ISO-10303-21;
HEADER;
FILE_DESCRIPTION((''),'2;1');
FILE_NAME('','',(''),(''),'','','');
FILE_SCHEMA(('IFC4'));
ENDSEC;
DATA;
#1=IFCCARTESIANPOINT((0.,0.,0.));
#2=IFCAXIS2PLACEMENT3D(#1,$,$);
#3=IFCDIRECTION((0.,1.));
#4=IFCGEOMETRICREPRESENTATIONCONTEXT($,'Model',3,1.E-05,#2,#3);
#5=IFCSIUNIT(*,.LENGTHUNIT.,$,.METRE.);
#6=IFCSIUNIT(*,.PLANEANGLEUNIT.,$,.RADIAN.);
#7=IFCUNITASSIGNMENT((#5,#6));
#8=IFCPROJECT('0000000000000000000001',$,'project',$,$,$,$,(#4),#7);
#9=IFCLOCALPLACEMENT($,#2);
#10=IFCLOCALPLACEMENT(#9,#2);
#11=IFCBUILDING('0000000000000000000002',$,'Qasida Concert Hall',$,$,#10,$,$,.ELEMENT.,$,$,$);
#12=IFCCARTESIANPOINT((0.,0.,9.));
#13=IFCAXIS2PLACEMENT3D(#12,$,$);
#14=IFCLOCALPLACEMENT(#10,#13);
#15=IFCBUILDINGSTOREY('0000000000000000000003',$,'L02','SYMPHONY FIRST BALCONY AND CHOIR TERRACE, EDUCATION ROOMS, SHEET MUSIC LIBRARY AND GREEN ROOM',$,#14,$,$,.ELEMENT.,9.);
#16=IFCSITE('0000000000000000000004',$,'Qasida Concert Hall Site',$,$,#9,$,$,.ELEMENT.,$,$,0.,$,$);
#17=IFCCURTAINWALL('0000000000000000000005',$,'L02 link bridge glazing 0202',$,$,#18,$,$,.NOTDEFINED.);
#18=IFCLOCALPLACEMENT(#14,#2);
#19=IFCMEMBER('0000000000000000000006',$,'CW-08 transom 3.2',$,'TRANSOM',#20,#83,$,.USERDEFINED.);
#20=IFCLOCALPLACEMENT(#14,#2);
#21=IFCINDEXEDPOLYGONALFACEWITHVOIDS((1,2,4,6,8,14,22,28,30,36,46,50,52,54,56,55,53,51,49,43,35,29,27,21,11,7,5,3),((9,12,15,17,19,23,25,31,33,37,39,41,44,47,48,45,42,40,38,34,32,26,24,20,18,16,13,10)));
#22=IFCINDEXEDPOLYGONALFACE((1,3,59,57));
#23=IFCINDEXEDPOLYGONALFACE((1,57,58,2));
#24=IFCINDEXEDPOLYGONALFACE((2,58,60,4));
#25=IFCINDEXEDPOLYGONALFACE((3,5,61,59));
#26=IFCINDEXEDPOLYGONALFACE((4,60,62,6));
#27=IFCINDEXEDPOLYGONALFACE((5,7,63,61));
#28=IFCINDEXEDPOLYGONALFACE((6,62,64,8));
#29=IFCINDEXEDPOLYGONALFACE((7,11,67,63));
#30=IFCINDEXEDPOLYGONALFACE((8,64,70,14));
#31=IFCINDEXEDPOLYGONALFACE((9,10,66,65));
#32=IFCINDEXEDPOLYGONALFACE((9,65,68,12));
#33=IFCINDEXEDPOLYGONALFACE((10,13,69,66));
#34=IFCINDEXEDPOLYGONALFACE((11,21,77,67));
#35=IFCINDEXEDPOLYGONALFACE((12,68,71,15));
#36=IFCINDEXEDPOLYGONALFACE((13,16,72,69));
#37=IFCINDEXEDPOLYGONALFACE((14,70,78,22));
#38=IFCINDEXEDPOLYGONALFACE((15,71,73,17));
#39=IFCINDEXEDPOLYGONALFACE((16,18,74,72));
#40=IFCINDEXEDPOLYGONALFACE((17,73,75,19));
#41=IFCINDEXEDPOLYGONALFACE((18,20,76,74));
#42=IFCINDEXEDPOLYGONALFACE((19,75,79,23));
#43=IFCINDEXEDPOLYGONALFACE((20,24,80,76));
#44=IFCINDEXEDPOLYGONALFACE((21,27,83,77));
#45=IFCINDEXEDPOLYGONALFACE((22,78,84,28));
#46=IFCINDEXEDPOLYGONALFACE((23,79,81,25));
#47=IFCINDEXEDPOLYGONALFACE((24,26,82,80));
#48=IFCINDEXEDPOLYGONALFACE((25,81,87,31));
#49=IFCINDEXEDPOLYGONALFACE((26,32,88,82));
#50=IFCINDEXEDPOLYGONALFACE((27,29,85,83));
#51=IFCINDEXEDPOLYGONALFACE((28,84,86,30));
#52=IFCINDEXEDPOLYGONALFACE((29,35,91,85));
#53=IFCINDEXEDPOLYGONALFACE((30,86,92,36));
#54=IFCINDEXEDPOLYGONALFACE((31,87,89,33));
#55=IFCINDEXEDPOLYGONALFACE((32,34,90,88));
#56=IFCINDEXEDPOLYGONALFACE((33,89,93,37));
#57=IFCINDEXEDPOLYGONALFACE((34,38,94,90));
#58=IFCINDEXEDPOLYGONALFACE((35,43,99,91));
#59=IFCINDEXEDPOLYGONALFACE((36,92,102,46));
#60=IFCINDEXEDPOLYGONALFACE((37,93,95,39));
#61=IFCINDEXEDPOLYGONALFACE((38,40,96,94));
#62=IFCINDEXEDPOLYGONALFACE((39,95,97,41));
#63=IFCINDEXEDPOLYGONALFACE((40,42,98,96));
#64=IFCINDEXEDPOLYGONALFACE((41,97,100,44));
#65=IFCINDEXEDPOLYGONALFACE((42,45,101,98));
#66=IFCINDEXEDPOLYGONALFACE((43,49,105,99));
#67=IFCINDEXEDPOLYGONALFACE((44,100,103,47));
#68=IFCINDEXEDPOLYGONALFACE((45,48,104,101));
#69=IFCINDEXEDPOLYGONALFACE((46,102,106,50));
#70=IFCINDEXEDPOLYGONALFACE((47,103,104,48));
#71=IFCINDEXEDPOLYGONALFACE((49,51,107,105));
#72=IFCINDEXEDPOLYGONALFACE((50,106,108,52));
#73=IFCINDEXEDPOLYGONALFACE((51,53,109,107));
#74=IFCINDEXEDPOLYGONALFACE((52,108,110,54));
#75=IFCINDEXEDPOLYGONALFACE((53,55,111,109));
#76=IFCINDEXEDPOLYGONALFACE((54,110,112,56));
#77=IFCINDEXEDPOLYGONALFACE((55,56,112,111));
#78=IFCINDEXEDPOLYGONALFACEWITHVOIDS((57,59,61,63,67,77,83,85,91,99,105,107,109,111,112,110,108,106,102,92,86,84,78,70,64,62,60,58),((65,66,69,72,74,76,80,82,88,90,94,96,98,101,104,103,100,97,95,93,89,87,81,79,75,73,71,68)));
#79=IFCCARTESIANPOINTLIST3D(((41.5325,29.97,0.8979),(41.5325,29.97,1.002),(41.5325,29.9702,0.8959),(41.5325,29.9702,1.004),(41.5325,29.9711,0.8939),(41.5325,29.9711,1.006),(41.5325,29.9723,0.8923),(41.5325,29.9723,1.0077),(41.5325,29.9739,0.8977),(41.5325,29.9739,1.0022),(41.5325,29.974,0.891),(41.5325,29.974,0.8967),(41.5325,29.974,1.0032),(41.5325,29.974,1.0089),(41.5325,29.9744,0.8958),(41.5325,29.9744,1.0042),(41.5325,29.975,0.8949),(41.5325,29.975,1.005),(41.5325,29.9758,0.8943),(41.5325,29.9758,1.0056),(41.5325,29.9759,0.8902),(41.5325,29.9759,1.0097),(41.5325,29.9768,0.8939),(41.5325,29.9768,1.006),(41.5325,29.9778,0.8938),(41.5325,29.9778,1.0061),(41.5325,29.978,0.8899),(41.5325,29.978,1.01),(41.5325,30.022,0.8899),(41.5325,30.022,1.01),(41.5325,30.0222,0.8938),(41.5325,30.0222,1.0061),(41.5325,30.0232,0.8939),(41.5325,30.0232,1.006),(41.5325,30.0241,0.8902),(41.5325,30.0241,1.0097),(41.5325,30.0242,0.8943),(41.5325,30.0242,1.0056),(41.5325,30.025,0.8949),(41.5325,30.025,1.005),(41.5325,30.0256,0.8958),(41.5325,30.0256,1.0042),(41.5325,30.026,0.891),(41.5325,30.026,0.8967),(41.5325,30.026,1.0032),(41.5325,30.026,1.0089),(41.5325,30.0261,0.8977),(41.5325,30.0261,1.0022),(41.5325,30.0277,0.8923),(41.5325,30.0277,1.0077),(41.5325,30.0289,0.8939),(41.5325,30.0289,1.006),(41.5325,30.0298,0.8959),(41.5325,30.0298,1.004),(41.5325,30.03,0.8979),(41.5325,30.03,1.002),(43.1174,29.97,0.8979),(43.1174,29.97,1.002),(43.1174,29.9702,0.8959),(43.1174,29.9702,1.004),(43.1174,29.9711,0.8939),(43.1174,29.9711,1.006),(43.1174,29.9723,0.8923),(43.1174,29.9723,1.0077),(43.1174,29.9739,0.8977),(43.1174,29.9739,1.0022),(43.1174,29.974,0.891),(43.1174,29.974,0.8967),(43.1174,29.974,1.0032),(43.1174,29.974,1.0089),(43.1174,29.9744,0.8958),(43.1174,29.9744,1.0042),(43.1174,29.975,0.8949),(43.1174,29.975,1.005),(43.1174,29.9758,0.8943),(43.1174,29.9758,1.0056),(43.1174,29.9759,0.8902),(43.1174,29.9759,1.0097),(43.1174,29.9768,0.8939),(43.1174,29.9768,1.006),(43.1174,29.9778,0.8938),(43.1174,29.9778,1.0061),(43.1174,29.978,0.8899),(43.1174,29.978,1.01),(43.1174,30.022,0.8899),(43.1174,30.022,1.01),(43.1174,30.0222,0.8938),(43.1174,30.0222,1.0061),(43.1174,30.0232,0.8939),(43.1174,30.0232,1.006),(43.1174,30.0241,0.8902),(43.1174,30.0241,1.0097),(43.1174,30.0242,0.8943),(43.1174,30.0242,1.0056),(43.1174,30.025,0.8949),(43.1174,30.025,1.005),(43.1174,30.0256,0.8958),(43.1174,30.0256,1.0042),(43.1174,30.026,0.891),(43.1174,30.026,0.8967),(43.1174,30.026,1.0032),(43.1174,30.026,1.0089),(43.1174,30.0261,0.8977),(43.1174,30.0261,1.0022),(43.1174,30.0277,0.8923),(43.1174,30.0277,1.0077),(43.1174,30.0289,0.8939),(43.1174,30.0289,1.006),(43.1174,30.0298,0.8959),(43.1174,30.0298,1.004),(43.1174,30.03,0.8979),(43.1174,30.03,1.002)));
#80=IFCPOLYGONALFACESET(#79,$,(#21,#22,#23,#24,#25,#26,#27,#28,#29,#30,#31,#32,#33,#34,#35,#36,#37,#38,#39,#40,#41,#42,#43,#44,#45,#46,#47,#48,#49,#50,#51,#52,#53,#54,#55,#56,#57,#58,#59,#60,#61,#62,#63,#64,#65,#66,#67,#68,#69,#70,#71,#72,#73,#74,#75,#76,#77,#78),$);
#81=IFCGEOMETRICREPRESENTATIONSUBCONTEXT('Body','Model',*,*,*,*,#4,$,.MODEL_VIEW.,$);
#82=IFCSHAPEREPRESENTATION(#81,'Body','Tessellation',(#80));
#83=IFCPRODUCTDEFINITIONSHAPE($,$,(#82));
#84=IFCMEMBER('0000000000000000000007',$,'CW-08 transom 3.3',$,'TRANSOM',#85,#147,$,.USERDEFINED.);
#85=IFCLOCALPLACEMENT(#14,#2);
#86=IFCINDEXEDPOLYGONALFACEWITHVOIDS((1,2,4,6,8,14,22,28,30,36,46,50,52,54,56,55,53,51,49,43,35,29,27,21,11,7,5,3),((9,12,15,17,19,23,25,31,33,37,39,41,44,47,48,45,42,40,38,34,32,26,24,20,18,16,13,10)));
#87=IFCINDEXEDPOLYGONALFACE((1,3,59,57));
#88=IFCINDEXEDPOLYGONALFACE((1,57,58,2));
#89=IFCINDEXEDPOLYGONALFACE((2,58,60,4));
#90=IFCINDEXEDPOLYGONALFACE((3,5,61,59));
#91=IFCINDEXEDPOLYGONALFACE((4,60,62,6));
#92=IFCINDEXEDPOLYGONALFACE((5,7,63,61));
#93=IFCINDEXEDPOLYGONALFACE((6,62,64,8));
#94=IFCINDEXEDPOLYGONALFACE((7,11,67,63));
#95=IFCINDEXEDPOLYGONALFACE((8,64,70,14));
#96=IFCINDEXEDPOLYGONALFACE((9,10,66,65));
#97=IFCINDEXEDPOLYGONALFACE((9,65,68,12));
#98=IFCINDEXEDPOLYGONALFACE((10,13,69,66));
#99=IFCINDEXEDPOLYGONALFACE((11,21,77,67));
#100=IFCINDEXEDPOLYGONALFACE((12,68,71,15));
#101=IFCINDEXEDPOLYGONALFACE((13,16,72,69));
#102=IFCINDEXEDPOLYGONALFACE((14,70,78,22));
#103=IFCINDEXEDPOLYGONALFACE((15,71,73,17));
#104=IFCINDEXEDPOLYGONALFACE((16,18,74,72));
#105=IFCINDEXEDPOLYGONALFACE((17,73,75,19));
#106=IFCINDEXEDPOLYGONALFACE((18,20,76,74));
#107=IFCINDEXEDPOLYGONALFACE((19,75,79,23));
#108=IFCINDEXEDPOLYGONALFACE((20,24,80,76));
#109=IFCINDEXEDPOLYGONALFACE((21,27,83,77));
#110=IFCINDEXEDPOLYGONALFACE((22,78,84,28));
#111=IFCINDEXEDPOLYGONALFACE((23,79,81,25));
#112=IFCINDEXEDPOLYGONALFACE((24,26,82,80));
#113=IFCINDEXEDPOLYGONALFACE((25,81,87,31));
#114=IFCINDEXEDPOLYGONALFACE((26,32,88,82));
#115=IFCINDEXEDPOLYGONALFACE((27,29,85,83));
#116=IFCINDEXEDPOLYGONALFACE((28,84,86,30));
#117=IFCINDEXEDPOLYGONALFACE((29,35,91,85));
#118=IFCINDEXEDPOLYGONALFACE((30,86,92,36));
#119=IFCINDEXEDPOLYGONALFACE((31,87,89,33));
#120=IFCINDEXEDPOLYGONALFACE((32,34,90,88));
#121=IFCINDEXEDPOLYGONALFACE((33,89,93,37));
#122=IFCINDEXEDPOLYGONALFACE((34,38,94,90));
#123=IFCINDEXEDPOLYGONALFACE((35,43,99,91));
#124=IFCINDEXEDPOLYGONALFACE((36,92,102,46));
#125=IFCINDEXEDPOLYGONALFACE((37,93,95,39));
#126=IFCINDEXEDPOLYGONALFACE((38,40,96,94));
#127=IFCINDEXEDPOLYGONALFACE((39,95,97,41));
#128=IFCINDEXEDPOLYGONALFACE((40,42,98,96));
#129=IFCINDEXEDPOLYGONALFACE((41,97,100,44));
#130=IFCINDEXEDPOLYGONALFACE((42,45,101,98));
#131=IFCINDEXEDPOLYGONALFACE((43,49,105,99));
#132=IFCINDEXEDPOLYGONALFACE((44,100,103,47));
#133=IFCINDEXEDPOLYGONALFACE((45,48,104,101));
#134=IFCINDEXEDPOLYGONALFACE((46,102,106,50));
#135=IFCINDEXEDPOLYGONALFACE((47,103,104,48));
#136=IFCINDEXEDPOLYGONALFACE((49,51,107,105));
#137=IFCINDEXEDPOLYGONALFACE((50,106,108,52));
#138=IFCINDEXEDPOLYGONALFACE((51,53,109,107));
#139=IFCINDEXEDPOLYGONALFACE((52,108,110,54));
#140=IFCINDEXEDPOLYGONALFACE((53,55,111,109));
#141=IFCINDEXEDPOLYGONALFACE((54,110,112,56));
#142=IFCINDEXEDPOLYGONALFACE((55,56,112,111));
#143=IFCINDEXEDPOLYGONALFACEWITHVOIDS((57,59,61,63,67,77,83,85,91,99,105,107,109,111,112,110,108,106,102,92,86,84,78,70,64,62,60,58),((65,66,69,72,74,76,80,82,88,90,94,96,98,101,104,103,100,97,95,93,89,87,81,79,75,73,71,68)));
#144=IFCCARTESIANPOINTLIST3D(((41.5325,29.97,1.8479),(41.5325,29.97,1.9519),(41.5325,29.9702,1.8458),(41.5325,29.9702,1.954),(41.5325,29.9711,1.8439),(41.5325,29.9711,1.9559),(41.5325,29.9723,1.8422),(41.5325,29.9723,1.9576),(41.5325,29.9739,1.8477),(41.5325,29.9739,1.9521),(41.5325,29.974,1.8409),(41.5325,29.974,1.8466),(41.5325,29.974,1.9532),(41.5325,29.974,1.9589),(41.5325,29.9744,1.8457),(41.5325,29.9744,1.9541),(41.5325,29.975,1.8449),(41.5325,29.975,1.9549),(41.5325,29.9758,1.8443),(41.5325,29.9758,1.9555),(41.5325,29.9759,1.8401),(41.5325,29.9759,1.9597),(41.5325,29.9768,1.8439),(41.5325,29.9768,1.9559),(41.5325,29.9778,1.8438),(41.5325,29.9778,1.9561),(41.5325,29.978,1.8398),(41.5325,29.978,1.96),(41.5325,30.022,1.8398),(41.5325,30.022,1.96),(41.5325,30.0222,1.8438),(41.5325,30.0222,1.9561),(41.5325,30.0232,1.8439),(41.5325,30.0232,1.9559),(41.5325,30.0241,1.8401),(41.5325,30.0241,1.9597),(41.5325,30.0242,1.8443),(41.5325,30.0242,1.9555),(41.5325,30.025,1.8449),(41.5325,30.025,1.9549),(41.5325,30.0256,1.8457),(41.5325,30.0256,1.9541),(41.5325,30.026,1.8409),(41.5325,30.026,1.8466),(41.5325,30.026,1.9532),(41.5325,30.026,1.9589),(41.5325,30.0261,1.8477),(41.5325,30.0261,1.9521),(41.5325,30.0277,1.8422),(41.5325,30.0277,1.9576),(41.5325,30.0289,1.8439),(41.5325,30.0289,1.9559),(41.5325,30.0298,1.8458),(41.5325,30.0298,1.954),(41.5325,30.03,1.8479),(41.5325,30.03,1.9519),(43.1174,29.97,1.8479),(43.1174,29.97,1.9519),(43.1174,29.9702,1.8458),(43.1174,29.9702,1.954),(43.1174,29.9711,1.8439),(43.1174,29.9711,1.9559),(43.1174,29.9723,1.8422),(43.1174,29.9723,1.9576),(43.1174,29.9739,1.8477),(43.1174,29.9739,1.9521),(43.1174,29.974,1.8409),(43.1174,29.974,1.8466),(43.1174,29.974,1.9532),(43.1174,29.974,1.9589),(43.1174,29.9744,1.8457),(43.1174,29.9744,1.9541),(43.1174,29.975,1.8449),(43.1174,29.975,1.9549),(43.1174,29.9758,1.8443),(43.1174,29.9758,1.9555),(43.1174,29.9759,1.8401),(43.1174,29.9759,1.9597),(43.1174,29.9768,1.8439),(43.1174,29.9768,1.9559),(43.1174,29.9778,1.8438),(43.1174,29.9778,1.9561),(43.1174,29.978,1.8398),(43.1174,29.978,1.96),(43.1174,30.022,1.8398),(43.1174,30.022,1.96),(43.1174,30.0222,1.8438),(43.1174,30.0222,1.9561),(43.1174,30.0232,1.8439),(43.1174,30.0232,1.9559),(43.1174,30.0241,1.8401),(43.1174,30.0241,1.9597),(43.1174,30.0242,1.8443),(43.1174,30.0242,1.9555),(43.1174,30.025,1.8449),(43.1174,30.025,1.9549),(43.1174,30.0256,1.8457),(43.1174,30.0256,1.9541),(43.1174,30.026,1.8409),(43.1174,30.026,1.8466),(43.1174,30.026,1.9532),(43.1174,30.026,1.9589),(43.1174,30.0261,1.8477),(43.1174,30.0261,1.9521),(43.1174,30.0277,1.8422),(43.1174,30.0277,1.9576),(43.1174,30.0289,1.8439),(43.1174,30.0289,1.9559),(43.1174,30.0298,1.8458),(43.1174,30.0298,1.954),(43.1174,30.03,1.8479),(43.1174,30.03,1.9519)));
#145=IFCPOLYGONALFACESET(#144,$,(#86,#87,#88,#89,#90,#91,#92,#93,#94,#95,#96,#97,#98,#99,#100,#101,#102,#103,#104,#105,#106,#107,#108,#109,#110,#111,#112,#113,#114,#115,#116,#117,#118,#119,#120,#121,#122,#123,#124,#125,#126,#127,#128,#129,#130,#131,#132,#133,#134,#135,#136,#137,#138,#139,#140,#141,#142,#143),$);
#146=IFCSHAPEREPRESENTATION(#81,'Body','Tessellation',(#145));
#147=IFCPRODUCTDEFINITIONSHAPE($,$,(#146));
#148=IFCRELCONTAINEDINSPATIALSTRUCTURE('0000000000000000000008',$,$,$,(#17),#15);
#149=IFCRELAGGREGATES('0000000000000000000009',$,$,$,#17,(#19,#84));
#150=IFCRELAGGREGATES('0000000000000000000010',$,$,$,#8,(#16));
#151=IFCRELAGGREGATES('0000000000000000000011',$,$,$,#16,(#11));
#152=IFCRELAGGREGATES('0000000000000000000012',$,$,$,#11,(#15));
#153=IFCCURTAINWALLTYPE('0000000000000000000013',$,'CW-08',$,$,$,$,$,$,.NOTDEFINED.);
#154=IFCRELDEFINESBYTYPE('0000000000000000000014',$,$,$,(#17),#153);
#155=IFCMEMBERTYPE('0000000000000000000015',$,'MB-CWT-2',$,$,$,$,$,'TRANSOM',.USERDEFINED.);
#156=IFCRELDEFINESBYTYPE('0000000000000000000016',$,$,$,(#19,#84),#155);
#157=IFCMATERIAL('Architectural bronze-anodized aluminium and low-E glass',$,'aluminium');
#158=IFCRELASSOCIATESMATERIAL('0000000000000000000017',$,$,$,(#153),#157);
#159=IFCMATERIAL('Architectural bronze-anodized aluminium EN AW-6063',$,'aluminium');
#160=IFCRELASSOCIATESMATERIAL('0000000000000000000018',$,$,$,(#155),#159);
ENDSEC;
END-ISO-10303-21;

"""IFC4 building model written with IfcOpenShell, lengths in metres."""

from ifc_helpers import new_model, si_unit, direction, frame, origin, origin_2d, place, context, subcontext, project, spatial, hollow_rectangle, extrude, material, material_profile, profile_set, type_object, element, aggregate, save


model = new_model("IFC4")

# Units and contexts
model_context = context("Model", 3, precision=1e-05, world=origin(), true_north=direction((0.0, 1.0)))
body_context = subcontext(model_context, "Body", "Model", "MODEL_VIEW")
ifc_project = project(units=[si_unit("LENGTHUNIT", "METRE"), si_unit("PLANEANGLEUNIT", "RADIAN")], contexts=[model_context])

# Site, building, storey
site_placement = place(None, origin())
site = spatial("IfcSite", under=ifc_project, at=site_placement, Name="Qasida Concert Hall Site", CompositionType="ELEMENT", RefElevation=0.0)
building_placement = place(site_placement, origin())
building = spatial("IfcBuilding", under=site, at=building_placement, Name="Qasida Concert Hall", CompositionType="ELEMENT")
storey_placement = place(building_placement, frame((0.0, 0.0, 9.0)))
storey = spatial("IfcBuildingStorey", under=building, at=storey_placement, Name="L02", Description="SYMPHONY FIRST BALCONY AND CHOIR TERRACE, EDUCATION ROOMS, SHEET MUSIC LIBRARY AND GREEN ROOM", CompositionType="ELEMENT", Elevation=9.0)

# Curtain wall, members
ifc_material_1 = material(Name="Architectural bronze-anodized aluminium and low-E glass", Category="aluminium")
curtain_wall_type = type_object("IfcCurtainWallType", Name="CW-08", PredefinedType="NOTDEFINED", material=ifc_material_1)
curtain_wall_placement = place(storey_placement, origin())
curtain_wall = element("IfcCurtainWall", 1, at=curtain_wall_placement, inside=storey, type_object=curtain_wall_type, Name="L02 link bridge glazing 0202", PredefinedType="NOTDEFINED")
ifc_material_2 = material(Name="Architectural bronze-anodized aluminium EN AW-6063", Category="aluminium")
ifc_material_profile_1 = material_profile(ifc_material_2, hollow_rectangle(XDim=0.0601, YDim=0.1201, WallThickness=0.0039, InnerFilletRadius=0.0039, OuterFilletRadius=0.0081, at=origin_2d()), Name="CWT 120x60x4")
ifc_profile_set_1 = profile_set([ifc_material_profile_1], Name="Architectural bronze-anodized aluminium EN AW-6063")
member_type_1 = type_object("IfcMemberType", Name="MB-CWT-2", ElementType="TRANSOM", PredefinedType="USERDEFINED", material=ifc_profile_set_1)
member_1_placement = place(storey_placement, frame((41.5325, 30.0, 0.95), z_axis=(1.0, 0.0, 0.0), x_axis=(0.0, 1.0, 0.0)))
member_1 = element("IfcMember", 2, at=member_1_placement, type_object=member_type_1, Name="CW-08 transom 3.2", ObjectType="TRANSOM", PredefinedType="USERDEFINED", context=body_context, shape_type="SweptSolid", body=[
    extrude(hollow_rectangle(XDim=0.0601, YDim=0.1201, WallThickness=0.0039, InnerFilletRadius=0.0039, OuterFilletRadius=0.0081, at=origin_2d()), origin(), (0.0, 0.0, 1.0), 1.585),
])
member_2_placement = place(storey_placement, frame((41.5325, 30.0, 1.8999), z_axis=(1.0, 0.0, 0.0), x_axis=(0.0, 1.0, 0.0)))
member_2 = element("IfcMember", 3, at=member_2_placement, type_object=member_type_1, Name="CW-08 transom 3.3", ObjectType="TRANSOM", PredefinedType="USERDEFINED", context=body_context, shape_type="SweptSolid", body=[
    extrude(hollow_rectangle(XDim=0.0601, YDim=0.1201, WallThickness=0.0039, InnerFilletRadius=0.0039, OuterFilletRadius=0.0081, at=origin_2d()), origin(), (0.0, 0.0, 1.0), 1.585),
])
aggregate(curtain_wall, [member_1, member_2])

save(model, "model.ifc")
